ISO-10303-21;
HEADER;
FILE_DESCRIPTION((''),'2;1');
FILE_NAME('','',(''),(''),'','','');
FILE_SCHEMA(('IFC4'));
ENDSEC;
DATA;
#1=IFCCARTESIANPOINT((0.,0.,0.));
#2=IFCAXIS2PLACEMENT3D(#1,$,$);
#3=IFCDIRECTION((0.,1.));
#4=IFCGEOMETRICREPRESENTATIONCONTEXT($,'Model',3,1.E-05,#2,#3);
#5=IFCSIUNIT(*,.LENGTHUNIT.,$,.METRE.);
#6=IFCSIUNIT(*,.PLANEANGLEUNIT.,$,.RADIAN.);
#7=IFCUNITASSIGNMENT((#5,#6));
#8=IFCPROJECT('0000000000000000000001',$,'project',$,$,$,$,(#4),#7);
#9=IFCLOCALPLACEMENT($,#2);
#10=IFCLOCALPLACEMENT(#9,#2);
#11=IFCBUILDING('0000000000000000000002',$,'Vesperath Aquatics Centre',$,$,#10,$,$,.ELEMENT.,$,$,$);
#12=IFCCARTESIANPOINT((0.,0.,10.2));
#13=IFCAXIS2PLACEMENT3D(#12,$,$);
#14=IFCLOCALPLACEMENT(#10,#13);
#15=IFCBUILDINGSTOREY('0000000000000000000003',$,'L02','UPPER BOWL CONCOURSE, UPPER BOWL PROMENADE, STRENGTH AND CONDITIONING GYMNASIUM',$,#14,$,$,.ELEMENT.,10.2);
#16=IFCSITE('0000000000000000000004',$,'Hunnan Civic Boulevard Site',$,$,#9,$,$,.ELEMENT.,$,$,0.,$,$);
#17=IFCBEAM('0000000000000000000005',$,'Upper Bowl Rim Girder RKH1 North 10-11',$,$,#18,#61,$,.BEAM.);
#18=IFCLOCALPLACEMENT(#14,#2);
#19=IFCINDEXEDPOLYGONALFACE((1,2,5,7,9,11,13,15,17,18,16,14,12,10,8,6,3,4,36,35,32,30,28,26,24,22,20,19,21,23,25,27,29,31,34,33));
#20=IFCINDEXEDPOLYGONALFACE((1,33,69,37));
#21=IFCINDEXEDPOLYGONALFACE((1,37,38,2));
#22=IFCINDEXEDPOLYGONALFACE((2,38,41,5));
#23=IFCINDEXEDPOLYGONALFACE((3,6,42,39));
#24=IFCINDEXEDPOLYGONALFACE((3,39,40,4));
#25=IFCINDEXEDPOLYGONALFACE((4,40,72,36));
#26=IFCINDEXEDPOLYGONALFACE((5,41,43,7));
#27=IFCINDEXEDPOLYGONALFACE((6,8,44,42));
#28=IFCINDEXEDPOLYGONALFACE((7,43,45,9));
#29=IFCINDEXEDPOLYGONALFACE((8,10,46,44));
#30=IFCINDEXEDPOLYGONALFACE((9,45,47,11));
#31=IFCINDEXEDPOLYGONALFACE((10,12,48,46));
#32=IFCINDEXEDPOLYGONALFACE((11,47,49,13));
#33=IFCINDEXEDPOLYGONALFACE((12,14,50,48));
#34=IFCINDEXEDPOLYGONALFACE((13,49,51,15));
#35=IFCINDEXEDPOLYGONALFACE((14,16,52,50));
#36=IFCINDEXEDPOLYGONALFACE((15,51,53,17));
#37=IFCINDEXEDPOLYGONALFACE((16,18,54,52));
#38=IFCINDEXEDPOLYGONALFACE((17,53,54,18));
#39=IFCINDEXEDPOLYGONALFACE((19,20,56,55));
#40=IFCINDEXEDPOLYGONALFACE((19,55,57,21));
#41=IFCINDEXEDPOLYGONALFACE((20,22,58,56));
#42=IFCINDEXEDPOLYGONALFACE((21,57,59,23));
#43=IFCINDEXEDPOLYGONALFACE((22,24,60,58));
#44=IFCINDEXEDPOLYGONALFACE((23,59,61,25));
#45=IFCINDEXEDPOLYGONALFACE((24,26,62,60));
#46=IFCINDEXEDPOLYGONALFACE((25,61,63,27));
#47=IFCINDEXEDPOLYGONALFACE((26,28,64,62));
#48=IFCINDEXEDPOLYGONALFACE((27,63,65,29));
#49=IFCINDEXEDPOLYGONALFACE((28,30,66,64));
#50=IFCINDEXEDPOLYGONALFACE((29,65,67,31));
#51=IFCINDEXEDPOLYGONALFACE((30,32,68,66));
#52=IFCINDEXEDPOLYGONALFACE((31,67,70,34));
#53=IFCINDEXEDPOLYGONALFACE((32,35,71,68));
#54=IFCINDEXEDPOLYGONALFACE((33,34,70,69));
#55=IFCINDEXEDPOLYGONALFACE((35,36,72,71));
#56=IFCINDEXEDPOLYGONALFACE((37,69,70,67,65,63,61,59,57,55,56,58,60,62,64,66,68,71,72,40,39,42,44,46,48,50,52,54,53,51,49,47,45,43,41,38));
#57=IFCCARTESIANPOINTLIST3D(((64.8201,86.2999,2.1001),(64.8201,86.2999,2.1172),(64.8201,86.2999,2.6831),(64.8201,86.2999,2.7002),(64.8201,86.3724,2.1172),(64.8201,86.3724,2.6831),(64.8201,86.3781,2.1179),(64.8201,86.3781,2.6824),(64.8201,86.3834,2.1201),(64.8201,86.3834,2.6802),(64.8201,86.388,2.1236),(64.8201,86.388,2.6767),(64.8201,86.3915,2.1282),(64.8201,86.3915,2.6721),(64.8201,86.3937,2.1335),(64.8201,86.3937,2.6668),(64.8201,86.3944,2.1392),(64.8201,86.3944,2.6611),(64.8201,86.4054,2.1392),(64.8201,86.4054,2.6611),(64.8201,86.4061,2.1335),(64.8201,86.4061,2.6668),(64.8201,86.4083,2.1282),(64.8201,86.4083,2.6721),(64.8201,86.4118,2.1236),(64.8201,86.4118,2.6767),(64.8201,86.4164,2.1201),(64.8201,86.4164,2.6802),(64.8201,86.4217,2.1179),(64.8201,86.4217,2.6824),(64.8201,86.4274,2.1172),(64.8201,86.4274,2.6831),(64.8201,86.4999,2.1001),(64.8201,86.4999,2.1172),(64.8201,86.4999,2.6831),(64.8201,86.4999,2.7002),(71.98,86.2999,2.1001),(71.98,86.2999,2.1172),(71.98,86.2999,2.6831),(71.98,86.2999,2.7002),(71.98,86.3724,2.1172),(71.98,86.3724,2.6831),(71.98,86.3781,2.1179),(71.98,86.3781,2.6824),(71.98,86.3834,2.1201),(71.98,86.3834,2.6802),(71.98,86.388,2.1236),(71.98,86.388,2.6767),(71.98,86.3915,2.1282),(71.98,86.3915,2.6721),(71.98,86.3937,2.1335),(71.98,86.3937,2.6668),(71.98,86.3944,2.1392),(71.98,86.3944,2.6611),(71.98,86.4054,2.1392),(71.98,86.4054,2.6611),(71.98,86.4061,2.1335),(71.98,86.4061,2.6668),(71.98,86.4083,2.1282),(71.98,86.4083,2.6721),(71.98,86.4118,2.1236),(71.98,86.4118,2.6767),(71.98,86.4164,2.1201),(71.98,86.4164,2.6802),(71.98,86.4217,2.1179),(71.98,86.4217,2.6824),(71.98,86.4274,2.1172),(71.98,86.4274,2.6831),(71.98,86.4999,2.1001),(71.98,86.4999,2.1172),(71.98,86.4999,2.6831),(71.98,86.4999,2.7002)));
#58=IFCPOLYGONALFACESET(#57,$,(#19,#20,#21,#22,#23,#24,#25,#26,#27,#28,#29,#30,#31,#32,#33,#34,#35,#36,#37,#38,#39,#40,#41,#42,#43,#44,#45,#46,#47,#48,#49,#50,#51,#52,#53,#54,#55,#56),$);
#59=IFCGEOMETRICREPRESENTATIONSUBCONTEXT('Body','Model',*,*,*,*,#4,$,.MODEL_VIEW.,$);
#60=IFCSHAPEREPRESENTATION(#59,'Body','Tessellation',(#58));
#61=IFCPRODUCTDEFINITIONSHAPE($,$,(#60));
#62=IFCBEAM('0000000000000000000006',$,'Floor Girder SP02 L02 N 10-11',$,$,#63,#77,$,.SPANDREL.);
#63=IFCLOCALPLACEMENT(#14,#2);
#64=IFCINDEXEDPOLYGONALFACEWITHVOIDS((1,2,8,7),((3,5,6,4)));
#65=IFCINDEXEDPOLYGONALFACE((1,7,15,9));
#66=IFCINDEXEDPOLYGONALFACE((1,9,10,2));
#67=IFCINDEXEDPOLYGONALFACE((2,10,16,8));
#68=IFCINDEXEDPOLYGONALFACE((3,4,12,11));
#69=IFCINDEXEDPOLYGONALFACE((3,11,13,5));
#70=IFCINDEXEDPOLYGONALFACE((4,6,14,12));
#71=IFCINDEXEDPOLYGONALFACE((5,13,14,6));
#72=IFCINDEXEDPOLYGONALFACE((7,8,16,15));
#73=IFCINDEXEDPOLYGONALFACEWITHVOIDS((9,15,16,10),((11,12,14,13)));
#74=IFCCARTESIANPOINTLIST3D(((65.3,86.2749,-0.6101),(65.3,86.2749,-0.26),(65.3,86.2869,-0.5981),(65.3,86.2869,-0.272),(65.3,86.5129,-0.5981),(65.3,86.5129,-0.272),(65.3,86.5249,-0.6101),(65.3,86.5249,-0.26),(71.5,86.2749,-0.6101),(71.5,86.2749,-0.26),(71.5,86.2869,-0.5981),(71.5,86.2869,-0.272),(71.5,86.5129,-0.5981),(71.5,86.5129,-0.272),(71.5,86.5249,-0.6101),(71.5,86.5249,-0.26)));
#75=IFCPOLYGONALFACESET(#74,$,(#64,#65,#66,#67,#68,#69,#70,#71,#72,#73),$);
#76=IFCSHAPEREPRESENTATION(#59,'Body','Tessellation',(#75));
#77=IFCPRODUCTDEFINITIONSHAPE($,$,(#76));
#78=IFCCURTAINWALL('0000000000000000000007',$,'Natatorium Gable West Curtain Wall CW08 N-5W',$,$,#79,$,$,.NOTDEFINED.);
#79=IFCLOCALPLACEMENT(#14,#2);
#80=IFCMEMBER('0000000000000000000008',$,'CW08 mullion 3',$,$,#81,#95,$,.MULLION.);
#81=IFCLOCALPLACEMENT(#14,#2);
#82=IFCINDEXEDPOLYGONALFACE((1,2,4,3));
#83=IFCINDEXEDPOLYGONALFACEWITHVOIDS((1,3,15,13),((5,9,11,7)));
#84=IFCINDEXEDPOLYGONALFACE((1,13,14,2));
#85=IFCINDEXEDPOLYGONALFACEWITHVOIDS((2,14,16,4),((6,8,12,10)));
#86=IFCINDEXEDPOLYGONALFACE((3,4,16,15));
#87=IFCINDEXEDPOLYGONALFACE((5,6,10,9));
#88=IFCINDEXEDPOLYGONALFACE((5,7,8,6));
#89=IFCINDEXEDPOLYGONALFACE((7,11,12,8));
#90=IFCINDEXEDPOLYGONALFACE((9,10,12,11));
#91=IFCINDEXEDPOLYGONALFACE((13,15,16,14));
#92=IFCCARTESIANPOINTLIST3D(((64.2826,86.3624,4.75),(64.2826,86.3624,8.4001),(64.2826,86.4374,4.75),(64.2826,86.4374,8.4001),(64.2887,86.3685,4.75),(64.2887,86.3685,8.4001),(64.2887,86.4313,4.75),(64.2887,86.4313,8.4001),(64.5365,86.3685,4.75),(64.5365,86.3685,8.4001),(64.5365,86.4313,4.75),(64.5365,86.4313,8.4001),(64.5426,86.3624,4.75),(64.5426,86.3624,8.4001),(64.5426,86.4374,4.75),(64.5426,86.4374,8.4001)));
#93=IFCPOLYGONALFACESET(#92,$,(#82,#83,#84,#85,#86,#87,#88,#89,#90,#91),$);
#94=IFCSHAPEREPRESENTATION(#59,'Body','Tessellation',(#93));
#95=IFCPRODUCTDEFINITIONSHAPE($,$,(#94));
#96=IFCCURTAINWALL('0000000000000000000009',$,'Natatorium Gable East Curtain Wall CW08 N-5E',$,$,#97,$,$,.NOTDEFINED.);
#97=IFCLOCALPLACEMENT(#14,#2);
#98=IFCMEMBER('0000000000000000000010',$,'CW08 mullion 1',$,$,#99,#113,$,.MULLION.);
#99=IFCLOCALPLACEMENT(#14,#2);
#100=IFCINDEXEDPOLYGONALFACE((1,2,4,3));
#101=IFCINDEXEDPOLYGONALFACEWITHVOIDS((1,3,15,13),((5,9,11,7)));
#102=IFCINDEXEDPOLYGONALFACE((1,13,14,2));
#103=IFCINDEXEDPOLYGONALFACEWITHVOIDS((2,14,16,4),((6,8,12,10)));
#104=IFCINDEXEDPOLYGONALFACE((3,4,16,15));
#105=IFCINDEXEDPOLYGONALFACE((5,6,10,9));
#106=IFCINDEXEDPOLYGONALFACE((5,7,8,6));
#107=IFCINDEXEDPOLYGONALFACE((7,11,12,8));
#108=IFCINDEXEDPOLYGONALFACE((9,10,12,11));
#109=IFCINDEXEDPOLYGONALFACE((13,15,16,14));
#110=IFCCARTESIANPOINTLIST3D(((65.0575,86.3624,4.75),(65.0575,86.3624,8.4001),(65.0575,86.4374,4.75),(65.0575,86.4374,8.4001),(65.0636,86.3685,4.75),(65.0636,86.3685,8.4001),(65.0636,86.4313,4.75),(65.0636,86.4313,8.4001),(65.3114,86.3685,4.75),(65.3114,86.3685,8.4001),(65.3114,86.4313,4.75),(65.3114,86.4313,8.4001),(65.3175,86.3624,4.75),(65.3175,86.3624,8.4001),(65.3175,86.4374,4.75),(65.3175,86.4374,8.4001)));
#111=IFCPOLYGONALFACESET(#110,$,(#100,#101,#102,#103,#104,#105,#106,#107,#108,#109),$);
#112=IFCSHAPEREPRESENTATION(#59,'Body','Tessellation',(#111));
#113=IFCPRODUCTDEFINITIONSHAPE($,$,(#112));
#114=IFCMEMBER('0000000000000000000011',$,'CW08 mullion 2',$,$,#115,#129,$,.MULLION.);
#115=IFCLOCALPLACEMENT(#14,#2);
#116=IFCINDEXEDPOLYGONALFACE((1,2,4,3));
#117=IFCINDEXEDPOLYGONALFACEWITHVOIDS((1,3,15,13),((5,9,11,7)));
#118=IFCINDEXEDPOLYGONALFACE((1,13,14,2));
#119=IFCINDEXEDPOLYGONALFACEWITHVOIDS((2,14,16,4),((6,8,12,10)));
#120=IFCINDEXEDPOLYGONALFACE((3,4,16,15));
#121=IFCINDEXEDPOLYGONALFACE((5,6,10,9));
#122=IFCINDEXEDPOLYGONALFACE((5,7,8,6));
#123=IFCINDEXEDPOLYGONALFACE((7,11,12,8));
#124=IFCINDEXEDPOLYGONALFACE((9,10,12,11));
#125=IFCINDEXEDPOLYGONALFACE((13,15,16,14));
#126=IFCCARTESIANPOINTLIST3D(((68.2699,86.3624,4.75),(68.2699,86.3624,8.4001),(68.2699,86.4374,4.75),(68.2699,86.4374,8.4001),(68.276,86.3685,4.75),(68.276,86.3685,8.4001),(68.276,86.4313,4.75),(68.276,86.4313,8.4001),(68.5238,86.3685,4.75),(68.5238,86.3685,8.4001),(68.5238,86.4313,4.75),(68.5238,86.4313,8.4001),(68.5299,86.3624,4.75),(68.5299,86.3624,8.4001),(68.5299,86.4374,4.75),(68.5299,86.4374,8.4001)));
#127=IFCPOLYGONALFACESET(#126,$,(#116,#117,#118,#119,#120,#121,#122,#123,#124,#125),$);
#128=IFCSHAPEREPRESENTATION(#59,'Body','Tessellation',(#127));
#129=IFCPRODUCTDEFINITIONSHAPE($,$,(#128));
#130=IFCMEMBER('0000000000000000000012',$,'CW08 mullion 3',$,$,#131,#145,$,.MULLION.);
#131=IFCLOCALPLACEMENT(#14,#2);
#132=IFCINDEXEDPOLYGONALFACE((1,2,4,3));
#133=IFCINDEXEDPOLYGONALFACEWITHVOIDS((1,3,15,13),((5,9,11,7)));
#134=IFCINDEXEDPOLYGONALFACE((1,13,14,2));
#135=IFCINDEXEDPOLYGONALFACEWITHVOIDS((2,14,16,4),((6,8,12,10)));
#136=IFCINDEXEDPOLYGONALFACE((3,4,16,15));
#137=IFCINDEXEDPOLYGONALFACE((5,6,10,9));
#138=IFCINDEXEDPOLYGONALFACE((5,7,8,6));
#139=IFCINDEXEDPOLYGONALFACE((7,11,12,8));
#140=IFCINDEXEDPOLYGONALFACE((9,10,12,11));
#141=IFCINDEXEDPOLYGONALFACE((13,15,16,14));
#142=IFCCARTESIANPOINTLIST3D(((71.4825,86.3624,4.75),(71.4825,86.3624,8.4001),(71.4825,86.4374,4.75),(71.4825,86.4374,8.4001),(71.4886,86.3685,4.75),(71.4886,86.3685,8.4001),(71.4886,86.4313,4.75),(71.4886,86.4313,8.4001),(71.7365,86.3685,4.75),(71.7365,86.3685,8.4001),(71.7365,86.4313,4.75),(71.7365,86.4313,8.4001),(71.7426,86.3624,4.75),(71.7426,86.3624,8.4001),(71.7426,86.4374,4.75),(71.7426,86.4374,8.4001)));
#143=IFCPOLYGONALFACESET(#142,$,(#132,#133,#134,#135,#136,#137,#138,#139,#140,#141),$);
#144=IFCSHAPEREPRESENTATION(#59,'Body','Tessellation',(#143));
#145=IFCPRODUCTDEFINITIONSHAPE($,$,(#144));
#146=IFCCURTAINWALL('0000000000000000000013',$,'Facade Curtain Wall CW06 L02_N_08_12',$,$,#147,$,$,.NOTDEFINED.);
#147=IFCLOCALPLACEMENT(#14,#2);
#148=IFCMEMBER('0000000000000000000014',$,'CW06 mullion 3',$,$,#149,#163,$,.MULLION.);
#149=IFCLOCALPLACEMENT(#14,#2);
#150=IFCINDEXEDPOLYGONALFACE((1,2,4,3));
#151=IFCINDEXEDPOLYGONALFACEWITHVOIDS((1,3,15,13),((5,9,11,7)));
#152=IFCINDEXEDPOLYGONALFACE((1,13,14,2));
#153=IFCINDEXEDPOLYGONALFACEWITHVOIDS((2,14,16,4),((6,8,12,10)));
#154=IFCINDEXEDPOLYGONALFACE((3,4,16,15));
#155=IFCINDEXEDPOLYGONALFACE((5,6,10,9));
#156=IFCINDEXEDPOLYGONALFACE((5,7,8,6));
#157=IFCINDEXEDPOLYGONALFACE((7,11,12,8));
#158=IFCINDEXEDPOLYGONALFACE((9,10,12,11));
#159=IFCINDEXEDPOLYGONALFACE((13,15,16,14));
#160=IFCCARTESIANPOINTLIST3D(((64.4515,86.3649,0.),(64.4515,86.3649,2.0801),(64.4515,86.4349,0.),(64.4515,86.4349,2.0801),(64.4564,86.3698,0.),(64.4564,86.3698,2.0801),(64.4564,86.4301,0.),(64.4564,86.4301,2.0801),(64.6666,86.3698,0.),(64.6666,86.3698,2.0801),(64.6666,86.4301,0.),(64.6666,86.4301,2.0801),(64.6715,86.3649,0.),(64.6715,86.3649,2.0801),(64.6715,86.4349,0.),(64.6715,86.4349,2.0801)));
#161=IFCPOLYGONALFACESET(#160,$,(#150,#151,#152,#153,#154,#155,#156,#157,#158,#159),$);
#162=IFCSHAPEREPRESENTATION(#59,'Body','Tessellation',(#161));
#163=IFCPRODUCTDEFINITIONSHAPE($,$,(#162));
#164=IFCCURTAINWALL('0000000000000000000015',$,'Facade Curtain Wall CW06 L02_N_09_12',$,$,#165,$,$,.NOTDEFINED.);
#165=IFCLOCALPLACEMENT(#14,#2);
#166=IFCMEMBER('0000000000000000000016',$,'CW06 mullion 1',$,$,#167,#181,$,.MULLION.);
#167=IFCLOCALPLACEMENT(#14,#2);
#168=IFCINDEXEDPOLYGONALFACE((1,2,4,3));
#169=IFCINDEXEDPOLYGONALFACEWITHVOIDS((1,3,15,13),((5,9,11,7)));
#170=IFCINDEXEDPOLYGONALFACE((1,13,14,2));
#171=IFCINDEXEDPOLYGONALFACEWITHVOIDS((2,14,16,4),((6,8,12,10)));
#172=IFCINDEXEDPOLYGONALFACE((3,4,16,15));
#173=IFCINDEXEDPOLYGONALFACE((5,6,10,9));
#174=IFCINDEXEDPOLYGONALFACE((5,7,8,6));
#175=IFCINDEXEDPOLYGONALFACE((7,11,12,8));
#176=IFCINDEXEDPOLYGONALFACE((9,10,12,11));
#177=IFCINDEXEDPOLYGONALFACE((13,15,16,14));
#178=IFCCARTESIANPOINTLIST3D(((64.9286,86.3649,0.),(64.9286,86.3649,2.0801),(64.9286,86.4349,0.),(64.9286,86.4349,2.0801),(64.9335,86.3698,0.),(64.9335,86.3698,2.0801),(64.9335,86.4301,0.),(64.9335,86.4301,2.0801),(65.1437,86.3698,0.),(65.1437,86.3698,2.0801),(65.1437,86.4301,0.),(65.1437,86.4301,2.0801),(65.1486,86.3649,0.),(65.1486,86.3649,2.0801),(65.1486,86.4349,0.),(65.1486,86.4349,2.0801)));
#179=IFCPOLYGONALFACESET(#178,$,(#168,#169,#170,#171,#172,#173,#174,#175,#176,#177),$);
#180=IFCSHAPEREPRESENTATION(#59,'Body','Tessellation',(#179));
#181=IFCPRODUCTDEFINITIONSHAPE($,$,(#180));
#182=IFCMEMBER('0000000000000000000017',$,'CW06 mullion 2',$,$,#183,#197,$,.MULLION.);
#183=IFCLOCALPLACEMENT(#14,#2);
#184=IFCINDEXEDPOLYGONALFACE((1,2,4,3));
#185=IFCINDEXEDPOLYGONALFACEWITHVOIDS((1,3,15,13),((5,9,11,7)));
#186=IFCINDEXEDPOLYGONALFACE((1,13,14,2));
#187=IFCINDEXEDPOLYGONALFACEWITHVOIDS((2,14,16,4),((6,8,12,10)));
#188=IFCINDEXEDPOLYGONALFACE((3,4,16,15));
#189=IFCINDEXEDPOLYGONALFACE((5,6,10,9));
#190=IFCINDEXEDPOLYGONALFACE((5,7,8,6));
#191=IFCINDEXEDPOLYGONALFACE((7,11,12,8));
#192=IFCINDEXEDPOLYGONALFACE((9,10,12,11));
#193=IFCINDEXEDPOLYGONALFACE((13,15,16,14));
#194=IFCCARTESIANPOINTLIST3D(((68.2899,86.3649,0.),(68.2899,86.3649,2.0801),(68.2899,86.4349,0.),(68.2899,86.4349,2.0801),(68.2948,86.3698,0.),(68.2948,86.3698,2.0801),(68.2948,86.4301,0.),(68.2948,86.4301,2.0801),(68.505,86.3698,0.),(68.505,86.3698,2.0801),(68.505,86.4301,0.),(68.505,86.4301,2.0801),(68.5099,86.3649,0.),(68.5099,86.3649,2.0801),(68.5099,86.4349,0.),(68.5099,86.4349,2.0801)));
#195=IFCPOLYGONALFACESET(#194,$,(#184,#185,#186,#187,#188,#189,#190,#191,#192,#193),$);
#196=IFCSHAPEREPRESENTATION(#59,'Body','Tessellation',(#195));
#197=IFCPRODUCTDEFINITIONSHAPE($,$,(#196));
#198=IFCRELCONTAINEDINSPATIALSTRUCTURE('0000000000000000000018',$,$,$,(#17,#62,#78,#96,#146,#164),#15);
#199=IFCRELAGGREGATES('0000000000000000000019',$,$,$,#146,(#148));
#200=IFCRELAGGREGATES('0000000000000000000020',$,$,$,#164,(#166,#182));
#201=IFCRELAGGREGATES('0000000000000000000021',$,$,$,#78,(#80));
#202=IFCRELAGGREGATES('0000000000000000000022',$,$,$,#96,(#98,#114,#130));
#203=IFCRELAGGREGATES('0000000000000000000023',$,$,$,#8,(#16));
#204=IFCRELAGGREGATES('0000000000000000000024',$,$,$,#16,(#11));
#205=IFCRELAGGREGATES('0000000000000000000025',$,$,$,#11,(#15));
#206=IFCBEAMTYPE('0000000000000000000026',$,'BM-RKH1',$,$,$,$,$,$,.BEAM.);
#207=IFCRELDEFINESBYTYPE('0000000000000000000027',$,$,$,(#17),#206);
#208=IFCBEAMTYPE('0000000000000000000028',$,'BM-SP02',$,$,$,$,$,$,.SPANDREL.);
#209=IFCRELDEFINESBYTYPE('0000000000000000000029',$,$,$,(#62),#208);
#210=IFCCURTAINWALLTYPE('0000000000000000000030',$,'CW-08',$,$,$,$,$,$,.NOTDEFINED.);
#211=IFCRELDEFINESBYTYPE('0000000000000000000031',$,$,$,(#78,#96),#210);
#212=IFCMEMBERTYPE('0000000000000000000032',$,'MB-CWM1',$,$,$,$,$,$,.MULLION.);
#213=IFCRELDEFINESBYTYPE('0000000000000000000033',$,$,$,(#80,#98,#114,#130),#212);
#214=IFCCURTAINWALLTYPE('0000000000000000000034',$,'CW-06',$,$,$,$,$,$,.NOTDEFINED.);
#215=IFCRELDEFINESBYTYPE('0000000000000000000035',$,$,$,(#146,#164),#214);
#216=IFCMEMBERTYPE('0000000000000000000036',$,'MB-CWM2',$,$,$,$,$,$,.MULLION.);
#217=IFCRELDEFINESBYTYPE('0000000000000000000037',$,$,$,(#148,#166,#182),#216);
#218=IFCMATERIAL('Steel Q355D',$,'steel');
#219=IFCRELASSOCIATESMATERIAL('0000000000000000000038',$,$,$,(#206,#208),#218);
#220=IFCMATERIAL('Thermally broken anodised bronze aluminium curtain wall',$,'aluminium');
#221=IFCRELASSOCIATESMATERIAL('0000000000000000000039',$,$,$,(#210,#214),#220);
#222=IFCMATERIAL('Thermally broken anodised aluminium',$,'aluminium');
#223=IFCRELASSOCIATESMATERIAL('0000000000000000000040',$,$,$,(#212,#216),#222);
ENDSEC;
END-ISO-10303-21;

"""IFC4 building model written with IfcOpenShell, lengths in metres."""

from ifc_helpers import new_model, si_unit, direction, frame, origin, origin_2d, place, context, subcontext, project, spatial, hollow_rectangle, i_section, extrude, material, material_profile, profile_set, type_object, element, aggregate, save


model = new_model("IFC4")

# Units and contexts
model_context = context("Model", 3, precision=1e-05, world=origin(), true_north=direction((0.0, 1.0)))
body_context = subcontext(model_context, "Body", "Model", "MODEL_VIEW")
ifc_project = project(units=[si_unit("LENGTHUNIT", "METRE"), si_unit("PLANEANGLEUNIT", "RADIAN")], contexts=[model_context])

# Site, building, storey
site_placement = place(None, origin())
site = spatial("IfcSite", under=ifc_project, at=site_placement, Name="Hunnan Civic Boulevard Site", CompositionType="ELEMENT", RefElevation=0.0)
building_placement = place(site_placement, origin())
building = spatial("IfcBuilding", under=site, at=building_placement, Name="Vesperath Aquatics Centre", CompositionType="ELEMENT")
storey_placement = place(building_placement, frame((0.0, 0.0, 10.2)))
storey = spatial("IfcBuildingStorey", under=building, at=storey_placement, Name="L02", Description="UPPER BOWL CONCOURSE, UPPER BOWL PROMENADE, STRENGTH AND CONDITIONING GYMNASIUM", CompositionType="ELEMENT", Elevation=10.2)

# Shared definitions
ifc_material_1 = material(Name="Steel Q355D", Category="steel")

# Beams
ifc_material_profile_1 = material_profile(ifc_material_1, i_section(OverallWidth=0.2, OverallDepth=0.6001, WebThickness=0.011, FlangeThickness=0.0171, FilletRadius=0.022, at=origin_2d()), Name="HN 600x200x11x17")
ifc_profile_set_1 = profile_set([ifc_material_profile_1], Name="Steel Q355D")
beam_type_1 = type_object("IfcBeamType", Name="BM-RKH1", PredefinedType="BEAM", material=ifc_profile_set_1)
beam_1_placement = place(storey_placement, frame((64.8201, 86.3999, 2.4001), z_axis=(1.0, 0.0, 0.0), x_axis=(0.0, 1.0, 0.0)))
element("IfcBeam", 1, at=beam_1_placement, inside=storey, type_object=beam_type_1, Name="Upper Bowl Rim Girder RKH1 North 10-11", PredefinedType="BEAM", context=body_context, shape_type="SweptSolid", body=[
    extrude(i_section(OverallWidth=0.2, OverallDepth=0.6001, WebThickness=0.011, FlangeThickness=0.0171, FilletRadius=0.022, at=origin_2d()), origin(), (0.0, 0.0, 1.0), 7.1599),
])
ifc_material_profile_2 = material_profile(ifc_material_1, hollow_rectangle(XDim=0.25, YDim=0.3501, WallThickness=0.012, at=origin_2d()), Name="RHS 350x250x12")
ifc_profile_set_2 = profile_set([ifc_material_profile_2], Name="Steel Q355D")
beam_type_2 = type_object("IfcBeamType", Name="BM-SP02", PredefinedType="SPANDREL", material=ifc_profile_set_2)
beam_2_placement = place(storey_placement, frame((65.3, 86.3999, -0.4351), z_axis=(1.0, 0.0, 0.0), x_axis=(0.0, 1.0, 0.0)))
element("IfcBeam", 2, at=beam_2_placement, inside=storey, type_object=beam_type_2, Name="Floor Girder SP02 L02 N 10-11", PredefinedType="SPANDREL", context=body_context, shape_type="SweptSolid", body=[
    extrude(hollow_rectangle(XDim=0.25, YDim=0.3501, WallThickness=0.012, at=origin_2d()), origin(), (0.0, 0.0, 1.0), 6.2),
])

# Curtain wall, member
ifc_material_2 = material(Name="Thermally broken anodised bronze aluminium curtain wall", Category="aluminium")
curtain_wall_type_1 = type_object("IfcCurtainWallType", Name="CW-08", PredefinedType="NOTDEFINED", material=ifc_material_2)
curtain_wall_1_placement = place(storey_placement, origin())
curtain_wall_1 = element("IfcCurtainWall", 3, at=curtain_wall_1_placement, inside=storey, type_object=curtain_wall_type_1, Name="Natatorium Gable West Curtain Wall CW08 N-5W", PredefinedType="NOTDEFINED")
ifc_material_3 = material(Name="Thermally broken anodised aluminium", Category="aluminium")
ifc_material_profile_3 = material_profile(ifc_material_3, hollow_rectangle(XDim=0.075, YDim=0.26, WallThickness=0.0061, at=origin_2d()), Name="CWM 75x260x6")
ifc_profile_set_3 = profile_set([ifc_material_profile_3], Name="Thermally broken anodised aluminium")
member_type_1 = type_object("IfcMemberType", Name="MB-CWM1", PredefinedType="MULLION", material=ifc_profile_set_3)
member_1_placement = place(storey_placement, frame((64.4126, 86.3999, 4.75), z_axis=(0.0, 0.0, 1.0), x_axis=(0.0, 1.0, 0.0)))
member_1 = element("IfcMember", 4, at=member_1_placement, type_object=member_type_1, Name="CW08 mullion 3", PredefinedType="MULLION", context=body_context, shape_type="SweptSolid", body=[
    extrude(hollow_rectangle(XDim=0.075, YDim=0.26, WallThickness=0.0061, at=origin_2d()), origin(), (0.0, 0.0, 1.0), 3.6501),
])

# Curtain wall, members
curtain_wall_2_placement = place(storey_placement, origin())
curtain_wall_2 = element("IfcCurtainWall", 5, at=curtain_wall_2_placement, inside=storey, type_object=curtain_wall_type_1, Name="Natatorium Gable East Curtain Wall CW08 N-5E", PredefinedType="NOTDEFINED")
member_2_placement = place(storey_placement, frame((65.1875, 86.3999, 4.75), z_axis=(0.0, 0.0, 1.0), x_axis=(0.0, 1.0, 0.0)))
member_2 = element("IfcMember", 6, at=member_2_placement, type_object=member_type_1, Name="CW08 mullion 1", PredefinedType="MULLION", context=body_context, shape_type="SweptSolid", body=[
    extrude(hollow_rectangle(XDim=0.075, YDim=0.26, WallThickness=0.0061, at=origin_2d()), origin(), (0.0, 0.0, 1.0), 3.6501),
])
member_3_placement = place(storey_placement, frame((68.3999, 86.3999, 4.75), z_axis=(0.0, 0.0, 1.0), x_axis=(0.0, 1.0, 0.0)))
member_3 = element("IfcMember", 7, at=member_3_placement, type_object=member_type_1, Name="CW08 mullion 2", PredefinedType="MULLION", context=body_context, shape_type="SweptSolid", body=[
    extrude(hollow_rectangle(XDim=0.075, YDim=0.26, WallThickness=0.0061, at=origin_2d()), origin(), (0.0, 0.0, 1.0), 3.6501),
])
member_4_placement = place(storey_placement, frame((71.6125, 86.3999, 4.75), z_axis=(0.0, 0.0, 1.0), x_axis=(0.0, 1.0, 0.0)))
member_4 = element("IfcMember", 8, at=member_4_placement, type_object=member_type_1, Name="CW08 mullion 3", PredefinedType="MULLION", context=body_context, shape_type="SweptSolid", body=[
    extrude(hollow_rectangle(XDim=0.075, YDim=0.26, WallThickness=0.0061, at=origin_2d()), origin(), (0.0, 0.0, 1.0), 3.6501),
])

# Curtain wall, member
curtain_wall_type_2 = type_object("IfcCurtainWallType", Name="CW-06", PredefinedType="NOTDEFINED", material=ifc_material_2)
curtain_wall_3_placement = place(storey_placement, origin())
curtain_wall_3 = element("IfcCurtainWall", 9, at=curtain_wall_3_placement, inside=storey, type_object=curtain_wall_type_2, Name="Facade Curtain Wall CW06 L02_N_08_12", PredefinedType="NOTDEFINED")
ifc_material_profile_4 = material_profile(ifc_material_3, hollow_rectangle(XDim=0.0701, YDim=0.22, WallThickness=0.0049, at=origin_2d()), Name="CWM 70x220x5")
ifc_profile_set_4 = profile_set([ifc_material_profile_4], Name="Thermally broken anodised aluminium")
member_type_2 = type_object("IfcMemberType", Name="MB-CWM2", PredefinedType="MULLION", material=ifc_profile_set_4)
member_5_placement = place(storey_placement, frame((64.5615, 86.3999, 0.0), z_axis=(0.0, 0.0, 1.0), x_axis=(0.0, 1.0, 0.0)))
member_5 = element("IfcMember", 10, at=member_5_placement, type_object=member_type_2, Name="CW06 mullion 3", PredefinedType="MULLION", context=body_context, shape_type="SweptSolid", body=[
    extrude(hollow_rectangle(XDim=0.0701, YDim=0.22, WallThickness=0.0049, at=origin_2d()), origin(), (0.0, 0.0, 1.0), 2.0801),
])

# Curtain wall, members
curtain_wall_4_placement = place(storey_placement, origin())
curtain_wall_4 = element("IfcCurtainWall", 11, at=curtain_wall_4_placement, inside=storey, type_object=curtain_wall_type_2, Name="Facade Curtain Wall CW06 L02_N_09_12", PredefinedType="NOTDEFINED")
member_6_placement = place(storey_placement, frame((65.0386, 86.3999, 0.0), z_axis=(0.0, 0.0, 1.0), x_axis=(0.0, 1.0, 0.0)))
member_6 = element("IfcMember", 12, at=member_6_placement, type_object=member_type_2, Name="CW06 mullion 1", PredefinedType="MULLION", context=body_context, shape_type="SweptSolid", body=[
    extrude(hollow_rectangle(XDim=0.0701, YDim=0.22, WallThickness=0.0049, at=origin_2d()), origin(), (0.0, 0.0, 1.0), 2.0801),
])
member_7_placement = place(storey_placement, frame((68.3999, 86.3999, 0.0), z_axis=(0.0, 0.0, 1.0), x_axis=(0.0, 1.0, 0.0)))
member_7 = element("IfcMember", 13, at=member_7_placement, type_object=member_type_2, Name="CW06 mullion 2", PredefinedType="MULLION", context=body_context, shape_type="SweptSolid", body=[
    extrude(hollow_rectangle(XDim=0.0701, YDim=0.22, WallThickness=0.0049, at=origin_2d()), origin(), (0.0, 0.0, 1.0), 2.0801),
])

aggregate(curtain_wall_3, [member_5])
aggregate(curtain_wall_4, [member_6, member_7])
aggregate(curtain_wall_1, [member_1])
aggregate(curtain_wall_2, [member_2, member_3, member_4])

save(model, "model.ifc")
